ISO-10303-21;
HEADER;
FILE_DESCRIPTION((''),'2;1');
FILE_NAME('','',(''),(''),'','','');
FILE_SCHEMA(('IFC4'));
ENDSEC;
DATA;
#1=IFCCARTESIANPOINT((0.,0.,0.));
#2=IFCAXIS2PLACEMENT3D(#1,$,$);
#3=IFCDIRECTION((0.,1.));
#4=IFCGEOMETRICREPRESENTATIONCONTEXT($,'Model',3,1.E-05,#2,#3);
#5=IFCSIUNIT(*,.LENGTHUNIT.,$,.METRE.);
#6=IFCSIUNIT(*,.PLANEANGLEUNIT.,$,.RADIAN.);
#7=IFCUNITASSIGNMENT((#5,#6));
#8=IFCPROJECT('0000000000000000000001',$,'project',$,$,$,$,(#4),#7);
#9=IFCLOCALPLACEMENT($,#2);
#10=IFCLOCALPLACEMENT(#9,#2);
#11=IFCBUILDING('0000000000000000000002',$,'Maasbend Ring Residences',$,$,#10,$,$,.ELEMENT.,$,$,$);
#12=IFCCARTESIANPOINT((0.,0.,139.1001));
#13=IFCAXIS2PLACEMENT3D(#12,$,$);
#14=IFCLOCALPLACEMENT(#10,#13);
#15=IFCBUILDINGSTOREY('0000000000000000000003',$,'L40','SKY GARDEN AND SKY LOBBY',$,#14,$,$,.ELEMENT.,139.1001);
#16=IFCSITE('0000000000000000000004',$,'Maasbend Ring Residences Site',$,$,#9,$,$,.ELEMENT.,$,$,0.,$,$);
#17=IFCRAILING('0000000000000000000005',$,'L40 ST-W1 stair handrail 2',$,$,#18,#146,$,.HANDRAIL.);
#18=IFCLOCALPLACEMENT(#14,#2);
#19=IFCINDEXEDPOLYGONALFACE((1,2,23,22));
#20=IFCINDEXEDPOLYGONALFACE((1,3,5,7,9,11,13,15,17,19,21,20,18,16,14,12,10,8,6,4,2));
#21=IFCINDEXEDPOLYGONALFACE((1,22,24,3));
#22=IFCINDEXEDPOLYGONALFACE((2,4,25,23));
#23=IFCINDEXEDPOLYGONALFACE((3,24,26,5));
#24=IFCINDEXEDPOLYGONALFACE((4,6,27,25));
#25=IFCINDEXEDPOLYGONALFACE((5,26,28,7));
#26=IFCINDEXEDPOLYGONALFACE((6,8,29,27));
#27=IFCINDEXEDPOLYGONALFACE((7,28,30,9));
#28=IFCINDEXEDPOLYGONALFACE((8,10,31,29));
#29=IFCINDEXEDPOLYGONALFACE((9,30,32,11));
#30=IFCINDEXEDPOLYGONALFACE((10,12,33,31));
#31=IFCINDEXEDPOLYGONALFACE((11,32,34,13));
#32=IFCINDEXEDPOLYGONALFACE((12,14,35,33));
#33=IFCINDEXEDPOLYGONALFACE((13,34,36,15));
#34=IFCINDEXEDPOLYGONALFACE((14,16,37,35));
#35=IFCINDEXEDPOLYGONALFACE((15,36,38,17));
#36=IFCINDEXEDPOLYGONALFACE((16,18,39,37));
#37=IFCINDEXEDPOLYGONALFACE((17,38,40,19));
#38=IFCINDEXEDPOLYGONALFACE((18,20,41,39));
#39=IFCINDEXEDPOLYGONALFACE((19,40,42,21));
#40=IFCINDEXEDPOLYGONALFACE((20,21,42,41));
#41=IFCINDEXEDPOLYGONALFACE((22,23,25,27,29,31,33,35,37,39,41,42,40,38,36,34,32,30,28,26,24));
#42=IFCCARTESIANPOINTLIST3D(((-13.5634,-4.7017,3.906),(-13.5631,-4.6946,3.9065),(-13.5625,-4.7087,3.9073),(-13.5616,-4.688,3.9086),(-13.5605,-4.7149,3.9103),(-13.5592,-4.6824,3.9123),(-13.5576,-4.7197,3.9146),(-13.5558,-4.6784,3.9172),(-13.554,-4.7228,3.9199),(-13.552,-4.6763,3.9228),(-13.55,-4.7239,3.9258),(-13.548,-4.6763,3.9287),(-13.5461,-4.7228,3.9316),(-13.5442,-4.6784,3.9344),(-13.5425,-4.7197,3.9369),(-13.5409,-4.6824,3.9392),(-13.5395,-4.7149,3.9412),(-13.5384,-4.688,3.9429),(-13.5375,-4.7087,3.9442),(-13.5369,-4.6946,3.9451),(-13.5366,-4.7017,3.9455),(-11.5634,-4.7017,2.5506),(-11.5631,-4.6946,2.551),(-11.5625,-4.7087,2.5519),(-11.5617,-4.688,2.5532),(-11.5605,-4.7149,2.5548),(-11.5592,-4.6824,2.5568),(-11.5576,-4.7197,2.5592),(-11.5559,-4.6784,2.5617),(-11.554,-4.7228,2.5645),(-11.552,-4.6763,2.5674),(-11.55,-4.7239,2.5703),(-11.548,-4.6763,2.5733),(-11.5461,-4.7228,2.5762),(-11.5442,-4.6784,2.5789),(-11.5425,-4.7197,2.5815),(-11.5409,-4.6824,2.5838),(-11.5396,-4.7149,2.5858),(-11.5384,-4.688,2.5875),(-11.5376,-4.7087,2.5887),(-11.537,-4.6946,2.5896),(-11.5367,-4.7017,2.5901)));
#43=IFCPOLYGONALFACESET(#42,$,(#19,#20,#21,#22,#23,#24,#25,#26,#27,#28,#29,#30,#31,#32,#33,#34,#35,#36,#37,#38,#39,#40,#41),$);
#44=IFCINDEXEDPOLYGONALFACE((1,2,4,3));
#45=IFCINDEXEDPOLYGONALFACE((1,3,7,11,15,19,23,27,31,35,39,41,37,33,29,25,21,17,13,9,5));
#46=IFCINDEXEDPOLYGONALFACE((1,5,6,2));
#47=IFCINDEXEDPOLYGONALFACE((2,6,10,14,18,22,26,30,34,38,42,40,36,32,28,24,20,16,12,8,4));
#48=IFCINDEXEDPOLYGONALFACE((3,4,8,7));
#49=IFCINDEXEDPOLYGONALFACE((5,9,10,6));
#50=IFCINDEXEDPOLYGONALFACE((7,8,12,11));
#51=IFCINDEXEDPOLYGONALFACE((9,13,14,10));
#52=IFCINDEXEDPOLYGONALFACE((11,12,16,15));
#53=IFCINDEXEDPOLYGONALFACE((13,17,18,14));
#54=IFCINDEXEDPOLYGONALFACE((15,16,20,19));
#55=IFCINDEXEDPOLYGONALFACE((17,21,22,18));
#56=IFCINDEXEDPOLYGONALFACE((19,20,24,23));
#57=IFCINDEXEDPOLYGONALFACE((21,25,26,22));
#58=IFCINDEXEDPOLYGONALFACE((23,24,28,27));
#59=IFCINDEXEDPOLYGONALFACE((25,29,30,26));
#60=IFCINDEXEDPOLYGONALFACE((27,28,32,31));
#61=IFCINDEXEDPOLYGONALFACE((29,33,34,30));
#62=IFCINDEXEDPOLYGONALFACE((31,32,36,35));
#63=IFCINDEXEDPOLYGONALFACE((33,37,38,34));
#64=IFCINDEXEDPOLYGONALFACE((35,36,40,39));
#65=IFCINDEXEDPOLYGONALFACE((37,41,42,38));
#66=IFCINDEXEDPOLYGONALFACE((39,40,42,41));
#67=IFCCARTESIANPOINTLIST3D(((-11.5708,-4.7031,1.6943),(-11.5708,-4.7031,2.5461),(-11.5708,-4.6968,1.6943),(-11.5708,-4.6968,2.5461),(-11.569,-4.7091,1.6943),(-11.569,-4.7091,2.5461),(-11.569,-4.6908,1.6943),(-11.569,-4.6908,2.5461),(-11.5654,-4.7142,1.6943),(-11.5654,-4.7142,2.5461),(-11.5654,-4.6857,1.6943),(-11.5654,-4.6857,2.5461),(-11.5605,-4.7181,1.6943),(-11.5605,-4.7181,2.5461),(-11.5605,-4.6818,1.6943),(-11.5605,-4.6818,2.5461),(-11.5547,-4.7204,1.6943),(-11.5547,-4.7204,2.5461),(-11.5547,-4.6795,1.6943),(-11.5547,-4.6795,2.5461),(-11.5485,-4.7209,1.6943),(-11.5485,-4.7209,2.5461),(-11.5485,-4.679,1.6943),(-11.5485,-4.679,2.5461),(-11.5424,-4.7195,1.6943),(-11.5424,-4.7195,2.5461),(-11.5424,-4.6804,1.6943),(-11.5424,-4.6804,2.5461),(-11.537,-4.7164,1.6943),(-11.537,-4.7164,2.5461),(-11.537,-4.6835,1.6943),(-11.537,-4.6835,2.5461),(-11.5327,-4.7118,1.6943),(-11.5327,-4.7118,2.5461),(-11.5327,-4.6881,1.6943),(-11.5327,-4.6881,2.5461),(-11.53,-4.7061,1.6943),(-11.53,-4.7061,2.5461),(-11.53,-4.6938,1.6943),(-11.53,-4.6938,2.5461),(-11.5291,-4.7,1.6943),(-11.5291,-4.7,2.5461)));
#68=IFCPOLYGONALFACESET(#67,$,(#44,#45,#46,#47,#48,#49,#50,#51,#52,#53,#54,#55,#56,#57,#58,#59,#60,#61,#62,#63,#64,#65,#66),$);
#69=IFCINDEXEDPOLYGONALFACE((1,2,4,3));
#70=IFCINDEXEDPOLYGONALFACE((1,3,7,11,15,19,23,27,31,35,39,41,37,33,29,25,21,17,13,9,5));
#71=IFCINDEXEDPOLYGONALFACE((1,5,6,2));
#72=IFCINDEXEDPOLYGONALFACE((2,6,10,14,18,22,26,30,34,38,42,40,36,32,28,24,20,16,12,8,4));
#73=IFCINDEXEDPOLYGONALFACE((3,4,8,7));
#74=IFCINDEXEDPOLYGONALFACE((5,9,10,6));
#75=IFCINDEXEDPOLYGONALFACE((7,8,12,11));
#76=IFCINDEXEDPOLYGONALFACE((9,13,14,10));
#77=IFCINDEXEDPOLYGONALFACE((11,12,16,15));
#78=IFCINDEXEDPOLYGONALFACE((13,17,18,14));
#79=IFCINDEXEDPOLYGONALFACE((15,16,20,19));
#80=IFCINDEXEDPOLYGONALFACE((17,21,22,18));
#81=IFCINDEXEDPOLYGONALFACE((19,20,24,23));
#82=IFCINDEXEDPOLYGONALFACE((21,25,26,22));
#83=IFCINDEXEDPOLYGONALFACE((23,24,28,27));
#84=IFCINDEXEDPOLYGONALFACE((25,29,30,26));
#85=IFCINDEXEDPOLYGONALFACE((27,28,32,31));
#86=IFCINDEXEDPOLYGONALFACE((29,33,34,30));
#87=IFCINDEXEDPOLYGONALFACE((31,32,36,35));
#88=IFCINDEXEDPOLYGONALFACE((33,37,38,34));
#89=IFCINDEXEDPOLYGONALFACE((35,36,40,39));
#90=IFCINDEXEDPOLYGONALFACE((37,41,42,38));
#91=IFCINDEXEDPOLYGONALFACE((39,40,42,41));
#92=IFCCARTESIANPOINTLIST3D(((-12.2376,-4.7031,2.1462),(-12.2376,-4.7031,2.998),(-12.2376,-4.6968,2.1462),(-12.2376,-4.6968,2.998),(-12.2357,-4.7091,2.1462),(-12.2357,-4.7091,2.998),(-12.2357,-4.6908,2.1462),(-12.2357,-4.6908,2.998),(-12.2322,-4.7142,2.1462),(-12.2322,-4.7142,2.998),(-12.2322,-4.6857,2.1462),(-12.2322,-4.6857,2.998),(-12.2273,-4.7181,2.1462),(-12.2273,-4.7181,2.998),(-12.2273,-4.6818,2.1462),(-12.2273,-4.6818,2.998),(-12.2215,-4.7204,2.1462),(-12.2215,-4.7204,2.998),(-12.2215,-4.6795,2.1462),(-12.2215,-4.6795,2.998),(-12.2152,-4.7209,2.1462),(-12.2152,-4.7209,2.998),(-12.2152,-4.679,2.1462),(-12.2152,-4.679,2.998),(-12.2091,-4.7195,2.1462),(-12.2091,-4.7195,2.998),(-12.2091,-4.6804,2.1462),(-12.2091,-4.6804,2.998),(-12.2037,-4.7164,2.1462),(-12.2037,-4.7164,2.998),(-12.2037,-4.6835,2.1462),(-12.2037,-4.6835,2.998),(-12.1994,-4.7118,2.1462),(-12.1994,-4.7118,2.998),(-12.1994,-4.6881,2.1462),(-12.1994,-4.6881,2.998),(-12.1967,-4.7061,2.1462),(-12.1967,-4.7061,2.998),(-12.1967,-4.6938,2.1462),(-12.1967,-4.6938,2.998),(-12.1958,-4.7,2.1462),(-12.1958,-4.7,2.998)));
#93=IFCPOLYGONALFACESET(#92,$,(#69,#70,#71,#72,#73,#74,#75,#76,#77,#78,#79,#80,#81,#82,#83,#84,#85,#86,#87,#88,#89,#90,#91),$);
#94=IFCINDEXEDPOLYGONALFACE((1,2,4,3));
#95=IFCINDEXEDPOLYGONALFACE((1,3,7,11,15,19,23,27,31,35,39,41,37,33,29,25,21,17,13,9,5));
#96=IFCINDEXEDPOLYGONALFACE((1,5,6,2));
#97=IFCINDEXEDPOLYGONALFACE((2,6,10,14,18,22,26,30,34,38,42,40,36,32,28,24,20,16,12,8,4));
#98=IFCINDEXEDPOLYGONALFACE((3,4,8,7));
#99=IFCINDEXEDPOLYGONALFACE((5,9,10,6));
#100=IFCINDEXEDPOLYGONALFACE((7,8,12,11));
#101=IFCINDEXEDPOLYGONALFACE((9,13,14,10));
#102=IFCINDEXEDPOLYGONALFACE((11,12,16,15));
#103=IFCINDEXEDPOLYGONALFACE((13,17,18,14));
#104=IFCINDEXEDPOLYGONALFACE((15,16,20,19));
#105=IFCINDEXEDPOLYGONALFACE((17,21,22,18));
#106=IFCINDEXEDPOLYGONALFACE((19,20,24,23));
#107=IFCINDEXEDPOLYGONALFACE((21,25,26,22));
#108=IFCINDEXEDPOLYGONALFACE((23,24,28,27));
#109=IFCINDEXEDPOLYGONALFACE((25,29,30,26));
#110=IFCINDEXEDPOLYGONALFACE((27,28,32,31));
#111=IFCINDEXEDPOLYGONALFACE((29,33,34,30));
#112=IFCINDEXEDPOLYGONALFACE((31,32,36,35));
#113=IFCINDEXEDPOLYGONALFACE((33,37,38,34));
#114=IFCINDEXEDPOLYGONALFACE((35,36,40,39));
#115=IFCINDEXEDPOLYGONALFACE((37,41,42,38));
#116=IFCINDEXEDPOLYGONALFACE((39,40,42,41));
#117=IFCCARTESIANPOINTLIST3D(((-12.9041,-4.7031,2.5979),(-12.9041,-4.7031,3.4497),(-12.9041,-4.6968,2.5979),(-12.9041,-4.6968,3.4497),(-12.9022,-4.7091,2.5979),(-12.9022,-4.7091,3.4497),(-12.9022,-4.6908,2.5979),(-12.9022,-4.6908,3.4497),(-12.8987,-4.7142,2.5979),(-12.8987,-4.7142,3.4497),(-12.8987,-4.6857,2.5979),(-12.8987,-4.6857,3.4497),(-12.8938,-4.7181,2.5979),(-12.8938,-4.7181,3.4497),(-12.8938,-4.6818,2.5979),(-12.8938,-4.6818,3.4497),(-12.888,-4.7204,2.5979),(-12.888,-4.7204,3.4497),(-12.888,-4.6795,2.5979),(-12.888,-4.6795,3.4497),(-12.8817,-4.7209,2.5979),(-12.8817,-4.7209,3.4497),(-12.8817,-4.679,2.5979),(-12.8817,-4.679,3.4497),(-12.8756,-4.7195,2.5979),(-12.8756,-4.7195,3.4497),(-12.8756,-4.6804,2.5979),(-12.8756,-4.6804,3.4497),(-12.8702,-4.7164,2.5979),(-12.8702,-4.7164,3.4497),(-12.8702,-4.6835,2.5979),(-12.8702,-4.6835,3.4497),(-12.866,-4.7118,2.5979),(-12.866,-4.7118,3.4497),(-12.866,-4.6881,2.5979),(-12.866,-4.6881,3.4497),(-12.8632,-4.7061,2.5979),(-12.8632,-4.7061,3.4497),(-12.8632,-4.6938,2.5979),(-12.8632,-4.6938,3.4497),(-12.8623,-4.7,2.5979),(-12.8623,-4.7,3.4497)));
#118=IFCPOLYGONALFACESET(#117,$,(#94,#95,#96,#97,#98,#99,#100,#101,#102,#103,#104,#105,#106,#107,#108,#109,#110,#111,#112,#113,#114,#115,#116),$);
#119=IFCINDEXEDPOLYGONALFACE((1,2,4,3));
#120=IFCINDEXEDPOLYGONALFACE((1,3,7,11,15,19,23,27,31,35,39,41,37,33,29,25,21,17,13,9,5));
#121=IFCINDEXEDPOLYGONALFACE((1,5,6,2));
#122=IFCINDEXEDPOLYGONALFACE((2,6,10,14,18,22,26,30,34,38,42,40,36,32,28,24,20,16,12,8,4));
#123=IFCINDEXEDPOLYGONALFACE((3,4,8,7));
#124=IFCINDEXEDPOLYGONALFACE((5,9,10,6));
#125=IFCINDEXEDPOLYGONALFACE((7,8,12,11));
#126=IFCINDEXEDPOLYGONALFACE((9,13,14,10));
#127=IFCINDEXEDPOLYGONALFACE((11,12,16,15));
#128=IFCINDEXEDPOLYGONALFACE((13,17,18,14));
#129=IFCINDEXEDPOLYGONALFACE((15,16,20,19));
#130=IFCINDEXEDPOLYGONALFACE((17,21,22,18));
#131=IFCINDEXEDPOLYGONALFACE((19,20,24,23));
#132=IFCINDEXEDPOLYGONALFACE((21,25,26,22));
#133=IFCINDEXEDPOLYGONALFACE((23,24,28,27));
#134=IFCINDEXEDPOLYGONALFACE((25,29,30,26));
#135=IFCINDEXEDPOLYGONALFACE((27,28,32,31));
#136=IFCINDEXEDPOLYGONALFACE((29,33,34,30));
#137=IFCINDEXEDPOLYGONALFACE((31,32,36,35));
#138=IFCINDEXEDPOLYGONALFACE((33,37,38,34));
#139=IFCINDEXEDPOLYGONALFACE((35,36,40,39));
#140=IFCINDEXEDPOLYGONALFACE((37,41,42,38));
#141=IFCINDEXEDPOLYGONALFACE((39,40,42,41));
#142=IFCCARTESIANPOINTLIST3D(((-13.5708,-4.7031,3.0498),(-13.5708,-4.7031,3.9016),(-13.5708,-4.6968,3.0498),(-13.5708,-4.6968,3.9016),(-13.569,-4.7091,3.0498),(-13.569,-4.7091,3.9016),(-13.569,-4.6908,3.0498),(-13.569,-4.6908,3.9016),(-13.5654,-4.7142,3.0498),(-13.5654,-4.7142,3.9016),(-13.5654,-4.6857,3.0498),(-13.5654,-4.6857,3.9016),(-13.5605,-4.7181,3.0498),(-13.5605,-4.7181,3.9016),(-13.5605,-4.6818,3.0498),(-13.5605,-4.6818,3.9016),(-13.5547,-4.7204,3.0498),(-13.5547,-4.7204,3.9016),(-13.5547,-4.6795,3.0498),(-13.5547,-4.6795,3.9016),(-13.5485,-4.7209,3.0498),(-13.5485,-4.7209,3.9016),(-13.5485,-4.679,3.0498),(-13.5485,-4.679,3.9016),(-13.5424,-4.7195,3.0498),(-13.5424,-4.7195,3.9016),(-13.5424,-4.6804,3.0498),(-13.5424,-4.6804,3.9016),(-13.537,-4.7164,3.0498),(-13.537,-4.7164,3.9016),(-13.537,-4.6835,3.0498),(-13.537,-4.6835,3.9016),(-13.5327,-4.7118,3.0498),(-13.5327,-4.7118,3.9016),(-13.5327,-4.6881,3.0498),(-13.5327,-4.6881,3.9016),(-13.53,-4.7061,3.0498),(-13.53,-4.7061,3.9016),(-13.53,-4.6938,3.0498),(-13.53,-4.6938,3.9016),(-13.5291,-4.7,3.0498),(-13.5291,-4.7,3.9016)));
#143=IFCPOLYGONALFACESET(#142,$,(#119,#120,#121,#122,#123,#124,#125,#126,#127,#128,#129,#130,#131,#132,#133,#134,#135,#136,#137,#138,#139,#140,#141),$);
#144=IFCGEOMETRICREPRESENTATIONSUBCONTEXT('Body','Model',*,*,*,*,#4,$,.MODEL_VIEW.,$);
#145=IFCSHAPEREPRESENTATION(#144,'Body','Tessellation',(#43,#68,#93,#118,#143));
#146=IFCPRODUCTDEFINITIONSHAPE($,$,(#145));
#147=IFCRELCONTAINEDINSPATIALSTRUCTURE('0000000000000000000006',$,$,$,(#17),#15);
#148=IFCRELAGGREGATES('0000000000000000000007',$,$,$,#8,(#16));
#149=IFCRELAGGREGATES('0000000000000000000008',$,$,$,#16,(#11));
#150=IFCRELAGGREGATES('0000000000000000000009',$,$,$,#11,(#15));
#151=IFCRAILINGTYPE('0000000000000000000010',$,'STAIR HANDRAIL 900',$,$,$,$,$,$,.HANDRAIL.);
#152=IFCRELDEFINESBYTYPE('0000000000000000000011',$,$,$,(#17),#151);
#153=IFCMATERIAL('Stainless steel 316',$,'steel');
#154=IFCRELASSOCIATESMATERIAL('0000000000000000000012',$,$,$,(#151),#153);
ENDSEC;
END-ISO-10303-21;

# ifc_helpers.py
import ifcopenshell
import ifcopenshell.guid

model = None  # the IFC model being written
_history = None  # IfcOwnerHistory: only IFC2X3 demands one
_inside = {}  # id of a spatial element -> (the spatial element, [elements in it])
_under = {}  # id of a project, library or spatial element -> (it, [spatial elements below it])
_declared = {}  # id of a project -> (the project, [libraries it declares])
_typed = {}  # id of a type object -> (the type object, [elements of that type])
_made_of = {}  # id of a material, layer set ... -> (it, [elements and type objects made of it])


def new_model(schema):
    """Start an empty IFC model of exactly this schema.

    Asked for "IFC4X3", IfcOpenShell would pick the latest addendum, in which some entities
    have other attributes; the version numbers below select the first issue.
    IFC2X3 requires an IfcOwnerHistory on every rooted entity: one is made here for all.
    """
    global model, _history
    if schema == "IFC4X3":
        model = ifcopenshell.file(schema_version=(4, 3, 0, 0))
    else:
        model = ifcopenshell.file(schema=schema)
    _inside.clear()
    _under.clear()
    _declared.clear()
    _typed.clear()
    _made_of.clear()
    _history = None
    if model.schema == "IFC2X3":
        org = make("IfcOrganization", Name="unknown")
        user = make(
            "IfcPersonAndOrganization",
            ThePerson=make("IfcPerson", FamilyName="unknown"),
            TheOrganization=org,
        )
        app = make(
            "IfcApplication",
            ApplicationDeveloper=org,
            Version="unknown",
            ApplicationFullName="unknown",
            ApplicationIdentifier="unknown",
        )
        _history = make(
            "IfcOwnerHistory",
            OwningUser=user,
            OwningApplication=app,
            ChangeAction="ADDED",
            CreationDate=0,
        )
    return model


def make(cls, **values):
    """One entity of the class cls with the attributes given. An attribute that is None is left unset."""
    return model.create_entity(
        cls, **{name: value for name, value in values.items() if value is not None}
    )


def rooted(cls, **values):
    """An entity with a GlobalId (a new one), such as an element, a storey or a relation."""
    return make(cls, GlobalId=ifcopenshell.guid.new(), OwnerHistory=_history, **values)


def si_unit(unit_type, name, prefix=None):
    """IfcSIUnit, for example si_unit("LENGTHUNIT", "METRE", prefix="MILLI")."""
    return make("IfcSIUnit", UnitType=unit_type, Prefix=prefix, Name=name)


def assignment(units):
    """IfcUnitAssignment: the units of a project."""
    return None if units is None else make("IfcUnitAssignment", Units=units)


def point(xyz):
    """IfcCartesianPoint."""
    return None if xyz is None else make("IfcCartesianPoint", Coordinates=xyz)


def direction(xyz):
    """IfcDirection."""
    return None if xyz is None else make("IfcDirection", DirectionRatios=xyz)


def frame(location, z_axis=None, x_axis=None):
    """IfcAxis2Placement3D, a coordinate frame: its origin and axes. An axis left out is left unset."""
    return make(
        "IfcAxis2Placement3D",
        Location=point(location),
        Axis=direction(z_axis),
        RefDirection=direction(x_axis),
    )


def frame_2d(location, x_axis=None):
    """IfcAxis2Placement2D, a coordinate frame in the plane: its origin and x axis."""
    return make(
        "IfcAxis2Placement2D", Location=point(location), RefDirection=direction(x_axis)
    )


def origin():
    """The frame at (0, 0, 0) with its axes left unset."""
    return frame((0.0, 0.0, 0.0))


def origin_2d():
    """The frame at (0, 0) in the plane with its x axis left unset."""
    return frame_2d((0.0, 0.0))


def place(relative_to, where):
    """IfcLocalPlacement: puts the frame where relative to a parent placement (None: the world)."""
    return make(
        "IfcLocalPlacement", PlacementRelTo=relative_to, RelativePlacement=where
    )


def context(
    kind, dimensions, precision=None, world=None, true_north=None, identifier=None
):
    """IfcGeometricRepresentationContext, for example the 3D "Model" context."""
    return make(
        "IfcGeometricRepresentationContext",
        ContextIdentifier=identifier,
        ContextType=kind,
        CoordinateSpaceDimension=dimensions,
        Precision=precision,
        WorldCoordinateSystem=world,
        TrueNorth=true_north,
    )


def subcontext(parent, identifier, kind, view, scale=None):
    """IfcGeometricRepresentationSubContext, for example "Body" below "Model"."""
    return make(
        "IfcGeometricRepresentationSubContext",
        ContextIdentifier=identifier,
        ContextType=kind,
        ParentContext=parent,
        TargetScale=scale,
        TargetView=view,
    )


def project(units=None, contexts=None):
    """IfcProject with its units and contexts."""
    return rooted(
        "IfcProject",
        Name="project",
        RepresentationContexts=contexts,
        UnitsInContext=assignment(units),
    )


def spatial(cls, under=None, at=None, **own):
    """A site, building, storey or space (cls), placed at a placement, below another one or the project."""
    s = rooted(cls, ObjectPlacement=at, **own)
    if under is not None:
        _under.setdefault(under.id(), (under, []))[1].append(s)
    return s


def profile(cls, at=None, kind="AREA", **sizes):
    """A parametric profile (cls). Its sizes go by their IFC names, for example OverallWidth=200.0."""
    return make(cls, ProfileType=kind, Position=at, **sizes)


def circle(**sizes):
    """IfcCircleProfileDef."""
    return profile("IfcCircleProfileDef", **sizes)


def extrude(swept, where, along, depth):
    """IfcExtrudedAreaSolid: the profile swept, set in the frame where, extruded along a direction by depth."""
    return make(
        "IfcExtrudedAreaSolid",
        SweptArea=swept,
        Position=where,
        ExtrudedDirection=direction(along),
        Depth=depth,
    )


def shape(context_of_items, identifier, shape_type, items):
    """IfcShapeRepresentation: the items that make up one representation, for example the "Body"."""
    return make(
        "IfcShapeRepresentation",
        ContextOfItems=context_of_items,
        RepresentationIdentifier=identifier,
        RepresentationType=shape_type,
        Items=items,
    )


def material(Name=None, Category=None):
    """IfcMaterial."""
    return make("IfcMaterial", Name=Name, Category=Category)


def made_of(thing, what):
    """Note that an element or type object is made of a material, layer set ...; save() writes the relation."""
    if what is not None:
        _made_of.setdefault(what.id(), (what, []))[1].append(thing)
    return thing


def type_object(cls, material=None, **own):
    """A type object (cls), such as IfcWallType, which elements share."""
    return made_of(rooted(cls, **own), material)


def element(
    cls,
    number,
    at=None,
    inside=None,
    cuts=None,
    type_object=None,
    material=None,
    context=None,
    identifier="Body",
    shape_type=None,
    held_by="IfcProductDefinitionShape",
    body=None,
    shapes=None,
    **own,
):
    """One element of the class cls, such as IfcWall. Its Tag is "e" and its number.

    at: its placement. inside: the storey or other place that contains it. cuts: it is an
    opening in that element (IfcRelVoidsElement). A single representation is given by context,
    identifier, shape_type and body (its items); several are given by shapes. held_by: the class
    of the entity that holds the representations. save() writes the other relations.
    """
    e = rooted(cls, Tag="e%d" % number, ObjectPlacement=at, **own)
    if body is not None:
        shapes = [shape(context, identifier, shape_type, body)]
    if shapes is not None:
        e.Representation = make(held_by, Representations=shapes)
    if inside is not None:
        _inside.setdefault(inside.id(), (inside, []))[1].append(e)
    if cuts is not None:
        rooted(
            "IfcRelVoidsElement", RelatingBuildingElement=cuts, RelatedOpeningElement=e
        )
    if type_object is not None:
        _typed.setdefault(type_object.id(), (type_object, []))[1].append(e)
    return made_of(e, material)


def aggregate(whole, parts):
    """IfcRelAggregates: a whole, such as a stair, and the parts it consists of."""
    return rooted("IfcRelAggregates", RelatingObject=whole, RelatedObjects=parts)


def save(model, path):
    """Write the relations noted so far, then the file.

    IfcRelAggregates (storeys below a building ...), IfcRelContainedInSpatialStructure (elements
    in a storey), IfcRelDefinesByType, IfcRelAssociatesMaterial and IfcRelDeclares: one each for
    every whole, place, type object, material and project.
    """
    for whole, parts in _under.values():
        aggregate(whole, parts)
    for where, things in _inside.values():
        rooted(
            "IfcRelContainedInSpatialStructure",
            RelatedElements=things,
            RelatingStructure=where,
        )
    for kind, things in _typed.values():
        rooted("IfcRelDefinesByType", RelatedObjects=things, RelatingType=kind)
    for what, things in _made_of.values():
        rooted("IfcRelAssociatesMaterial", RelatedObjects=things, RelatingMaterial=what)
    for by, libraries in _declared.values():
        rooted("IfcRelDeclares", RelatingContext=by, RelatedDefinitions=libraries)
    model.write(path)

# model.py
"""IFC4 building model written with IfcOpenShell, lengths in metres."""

from ifc_helpers import new_model, si_unit, direction, frame, origin, origin_2d, place, context, subcontext, project, spatial, circle, extrude, material, type_object, element, save


model = new_model("IFC4")

# Units and contexts
model_context = context("Model", 3, precision=1e-05, world=origin(), true_north=direction((0.0, 1.0)))
body_context = subcontext(model_context, "Body", "Model", "MODEL_VIEW")
ifc_project = project(units=[si_unit("LENGTHUNIT", "METRE"), si_unit("PLANEANGLEUNIT", "RADIAN")], contexts=[model_context])

# Site, building, storey
site_placement = place(None, origin())
site = spatial("IfcSite", under=ifc_project, at=site_placement, Name="Maasbend Ring Residences Site", CompositionType="ELEMENT", RefElevation=0.0)
building_placement = place(site_placement, origin())
building = spatial("IfcBuilding", under=site, at=building_placement, Name="Maasbend Ring Residences", CompositionType="ELEMENT")
storey_placement = place(building_placement, frame((0.0, 0.0, 139.1001)))
storey = spatial("IfcBuildingStorey", under=building, at=storey_placement, Name="L40", Description="SKY GARDEN AND SKY LOBBY", CompositionType="ELEMENT", Elevation=139.1001)

# Railing
ifc_material_1 = material(Name="Stainless steel 316", Category="steel")
railing_type_1 = type_object("IfcRailingType", Name="STAIR HANDRAIL 900", PredefinedType="HANDRAIL", material=ifc_material_1)
railing_1_placement = place(storey_placement, frame((-11.55, -4.7, 1.6943)))
element("IfcRailing", 1, at=railing_1_placement, inside=storey, type_object=railing_type_1, Name="L40 ST-W1 stair handrail 2", PredefinedType="HANDRAIL", context=body_context, shape_type="SweptSolid", body=[
    extrude(circle(Radius=0.0239, at=origin_2d()), frame((0.0, 0.0, 0.876), z_axis=(-0.827798, 0.0, 0.561027), x_axis=(0.0, -1.0, 0.0)), (0.0, 0.0, 1.0), 2.416),
    extrude(circle(Radius=0.021, at=origin_2d()), origin(), (0.0, 0.0, 1.0), 0.8518),
    extrude(circle(Radius=0.021, at=origin_2d()), frame((-0.6667, 0.0, 0.4519)), (0.0, 0.0, 1.0), 0.8518),
    extrude(circle(Radius=0.021, at=origin_2d()), frame((-1.3333, 0.0, 0.9036)), (0.0, 0.0, 1.0), 0.8518),
    extrude(circle(Radius=0.021, at=origin_2d()), frame((-2.0, 0.0, 1.3555)), (0.0, 0.0, 1.0), 0.8518),
])

save(model, "model.ifc")
